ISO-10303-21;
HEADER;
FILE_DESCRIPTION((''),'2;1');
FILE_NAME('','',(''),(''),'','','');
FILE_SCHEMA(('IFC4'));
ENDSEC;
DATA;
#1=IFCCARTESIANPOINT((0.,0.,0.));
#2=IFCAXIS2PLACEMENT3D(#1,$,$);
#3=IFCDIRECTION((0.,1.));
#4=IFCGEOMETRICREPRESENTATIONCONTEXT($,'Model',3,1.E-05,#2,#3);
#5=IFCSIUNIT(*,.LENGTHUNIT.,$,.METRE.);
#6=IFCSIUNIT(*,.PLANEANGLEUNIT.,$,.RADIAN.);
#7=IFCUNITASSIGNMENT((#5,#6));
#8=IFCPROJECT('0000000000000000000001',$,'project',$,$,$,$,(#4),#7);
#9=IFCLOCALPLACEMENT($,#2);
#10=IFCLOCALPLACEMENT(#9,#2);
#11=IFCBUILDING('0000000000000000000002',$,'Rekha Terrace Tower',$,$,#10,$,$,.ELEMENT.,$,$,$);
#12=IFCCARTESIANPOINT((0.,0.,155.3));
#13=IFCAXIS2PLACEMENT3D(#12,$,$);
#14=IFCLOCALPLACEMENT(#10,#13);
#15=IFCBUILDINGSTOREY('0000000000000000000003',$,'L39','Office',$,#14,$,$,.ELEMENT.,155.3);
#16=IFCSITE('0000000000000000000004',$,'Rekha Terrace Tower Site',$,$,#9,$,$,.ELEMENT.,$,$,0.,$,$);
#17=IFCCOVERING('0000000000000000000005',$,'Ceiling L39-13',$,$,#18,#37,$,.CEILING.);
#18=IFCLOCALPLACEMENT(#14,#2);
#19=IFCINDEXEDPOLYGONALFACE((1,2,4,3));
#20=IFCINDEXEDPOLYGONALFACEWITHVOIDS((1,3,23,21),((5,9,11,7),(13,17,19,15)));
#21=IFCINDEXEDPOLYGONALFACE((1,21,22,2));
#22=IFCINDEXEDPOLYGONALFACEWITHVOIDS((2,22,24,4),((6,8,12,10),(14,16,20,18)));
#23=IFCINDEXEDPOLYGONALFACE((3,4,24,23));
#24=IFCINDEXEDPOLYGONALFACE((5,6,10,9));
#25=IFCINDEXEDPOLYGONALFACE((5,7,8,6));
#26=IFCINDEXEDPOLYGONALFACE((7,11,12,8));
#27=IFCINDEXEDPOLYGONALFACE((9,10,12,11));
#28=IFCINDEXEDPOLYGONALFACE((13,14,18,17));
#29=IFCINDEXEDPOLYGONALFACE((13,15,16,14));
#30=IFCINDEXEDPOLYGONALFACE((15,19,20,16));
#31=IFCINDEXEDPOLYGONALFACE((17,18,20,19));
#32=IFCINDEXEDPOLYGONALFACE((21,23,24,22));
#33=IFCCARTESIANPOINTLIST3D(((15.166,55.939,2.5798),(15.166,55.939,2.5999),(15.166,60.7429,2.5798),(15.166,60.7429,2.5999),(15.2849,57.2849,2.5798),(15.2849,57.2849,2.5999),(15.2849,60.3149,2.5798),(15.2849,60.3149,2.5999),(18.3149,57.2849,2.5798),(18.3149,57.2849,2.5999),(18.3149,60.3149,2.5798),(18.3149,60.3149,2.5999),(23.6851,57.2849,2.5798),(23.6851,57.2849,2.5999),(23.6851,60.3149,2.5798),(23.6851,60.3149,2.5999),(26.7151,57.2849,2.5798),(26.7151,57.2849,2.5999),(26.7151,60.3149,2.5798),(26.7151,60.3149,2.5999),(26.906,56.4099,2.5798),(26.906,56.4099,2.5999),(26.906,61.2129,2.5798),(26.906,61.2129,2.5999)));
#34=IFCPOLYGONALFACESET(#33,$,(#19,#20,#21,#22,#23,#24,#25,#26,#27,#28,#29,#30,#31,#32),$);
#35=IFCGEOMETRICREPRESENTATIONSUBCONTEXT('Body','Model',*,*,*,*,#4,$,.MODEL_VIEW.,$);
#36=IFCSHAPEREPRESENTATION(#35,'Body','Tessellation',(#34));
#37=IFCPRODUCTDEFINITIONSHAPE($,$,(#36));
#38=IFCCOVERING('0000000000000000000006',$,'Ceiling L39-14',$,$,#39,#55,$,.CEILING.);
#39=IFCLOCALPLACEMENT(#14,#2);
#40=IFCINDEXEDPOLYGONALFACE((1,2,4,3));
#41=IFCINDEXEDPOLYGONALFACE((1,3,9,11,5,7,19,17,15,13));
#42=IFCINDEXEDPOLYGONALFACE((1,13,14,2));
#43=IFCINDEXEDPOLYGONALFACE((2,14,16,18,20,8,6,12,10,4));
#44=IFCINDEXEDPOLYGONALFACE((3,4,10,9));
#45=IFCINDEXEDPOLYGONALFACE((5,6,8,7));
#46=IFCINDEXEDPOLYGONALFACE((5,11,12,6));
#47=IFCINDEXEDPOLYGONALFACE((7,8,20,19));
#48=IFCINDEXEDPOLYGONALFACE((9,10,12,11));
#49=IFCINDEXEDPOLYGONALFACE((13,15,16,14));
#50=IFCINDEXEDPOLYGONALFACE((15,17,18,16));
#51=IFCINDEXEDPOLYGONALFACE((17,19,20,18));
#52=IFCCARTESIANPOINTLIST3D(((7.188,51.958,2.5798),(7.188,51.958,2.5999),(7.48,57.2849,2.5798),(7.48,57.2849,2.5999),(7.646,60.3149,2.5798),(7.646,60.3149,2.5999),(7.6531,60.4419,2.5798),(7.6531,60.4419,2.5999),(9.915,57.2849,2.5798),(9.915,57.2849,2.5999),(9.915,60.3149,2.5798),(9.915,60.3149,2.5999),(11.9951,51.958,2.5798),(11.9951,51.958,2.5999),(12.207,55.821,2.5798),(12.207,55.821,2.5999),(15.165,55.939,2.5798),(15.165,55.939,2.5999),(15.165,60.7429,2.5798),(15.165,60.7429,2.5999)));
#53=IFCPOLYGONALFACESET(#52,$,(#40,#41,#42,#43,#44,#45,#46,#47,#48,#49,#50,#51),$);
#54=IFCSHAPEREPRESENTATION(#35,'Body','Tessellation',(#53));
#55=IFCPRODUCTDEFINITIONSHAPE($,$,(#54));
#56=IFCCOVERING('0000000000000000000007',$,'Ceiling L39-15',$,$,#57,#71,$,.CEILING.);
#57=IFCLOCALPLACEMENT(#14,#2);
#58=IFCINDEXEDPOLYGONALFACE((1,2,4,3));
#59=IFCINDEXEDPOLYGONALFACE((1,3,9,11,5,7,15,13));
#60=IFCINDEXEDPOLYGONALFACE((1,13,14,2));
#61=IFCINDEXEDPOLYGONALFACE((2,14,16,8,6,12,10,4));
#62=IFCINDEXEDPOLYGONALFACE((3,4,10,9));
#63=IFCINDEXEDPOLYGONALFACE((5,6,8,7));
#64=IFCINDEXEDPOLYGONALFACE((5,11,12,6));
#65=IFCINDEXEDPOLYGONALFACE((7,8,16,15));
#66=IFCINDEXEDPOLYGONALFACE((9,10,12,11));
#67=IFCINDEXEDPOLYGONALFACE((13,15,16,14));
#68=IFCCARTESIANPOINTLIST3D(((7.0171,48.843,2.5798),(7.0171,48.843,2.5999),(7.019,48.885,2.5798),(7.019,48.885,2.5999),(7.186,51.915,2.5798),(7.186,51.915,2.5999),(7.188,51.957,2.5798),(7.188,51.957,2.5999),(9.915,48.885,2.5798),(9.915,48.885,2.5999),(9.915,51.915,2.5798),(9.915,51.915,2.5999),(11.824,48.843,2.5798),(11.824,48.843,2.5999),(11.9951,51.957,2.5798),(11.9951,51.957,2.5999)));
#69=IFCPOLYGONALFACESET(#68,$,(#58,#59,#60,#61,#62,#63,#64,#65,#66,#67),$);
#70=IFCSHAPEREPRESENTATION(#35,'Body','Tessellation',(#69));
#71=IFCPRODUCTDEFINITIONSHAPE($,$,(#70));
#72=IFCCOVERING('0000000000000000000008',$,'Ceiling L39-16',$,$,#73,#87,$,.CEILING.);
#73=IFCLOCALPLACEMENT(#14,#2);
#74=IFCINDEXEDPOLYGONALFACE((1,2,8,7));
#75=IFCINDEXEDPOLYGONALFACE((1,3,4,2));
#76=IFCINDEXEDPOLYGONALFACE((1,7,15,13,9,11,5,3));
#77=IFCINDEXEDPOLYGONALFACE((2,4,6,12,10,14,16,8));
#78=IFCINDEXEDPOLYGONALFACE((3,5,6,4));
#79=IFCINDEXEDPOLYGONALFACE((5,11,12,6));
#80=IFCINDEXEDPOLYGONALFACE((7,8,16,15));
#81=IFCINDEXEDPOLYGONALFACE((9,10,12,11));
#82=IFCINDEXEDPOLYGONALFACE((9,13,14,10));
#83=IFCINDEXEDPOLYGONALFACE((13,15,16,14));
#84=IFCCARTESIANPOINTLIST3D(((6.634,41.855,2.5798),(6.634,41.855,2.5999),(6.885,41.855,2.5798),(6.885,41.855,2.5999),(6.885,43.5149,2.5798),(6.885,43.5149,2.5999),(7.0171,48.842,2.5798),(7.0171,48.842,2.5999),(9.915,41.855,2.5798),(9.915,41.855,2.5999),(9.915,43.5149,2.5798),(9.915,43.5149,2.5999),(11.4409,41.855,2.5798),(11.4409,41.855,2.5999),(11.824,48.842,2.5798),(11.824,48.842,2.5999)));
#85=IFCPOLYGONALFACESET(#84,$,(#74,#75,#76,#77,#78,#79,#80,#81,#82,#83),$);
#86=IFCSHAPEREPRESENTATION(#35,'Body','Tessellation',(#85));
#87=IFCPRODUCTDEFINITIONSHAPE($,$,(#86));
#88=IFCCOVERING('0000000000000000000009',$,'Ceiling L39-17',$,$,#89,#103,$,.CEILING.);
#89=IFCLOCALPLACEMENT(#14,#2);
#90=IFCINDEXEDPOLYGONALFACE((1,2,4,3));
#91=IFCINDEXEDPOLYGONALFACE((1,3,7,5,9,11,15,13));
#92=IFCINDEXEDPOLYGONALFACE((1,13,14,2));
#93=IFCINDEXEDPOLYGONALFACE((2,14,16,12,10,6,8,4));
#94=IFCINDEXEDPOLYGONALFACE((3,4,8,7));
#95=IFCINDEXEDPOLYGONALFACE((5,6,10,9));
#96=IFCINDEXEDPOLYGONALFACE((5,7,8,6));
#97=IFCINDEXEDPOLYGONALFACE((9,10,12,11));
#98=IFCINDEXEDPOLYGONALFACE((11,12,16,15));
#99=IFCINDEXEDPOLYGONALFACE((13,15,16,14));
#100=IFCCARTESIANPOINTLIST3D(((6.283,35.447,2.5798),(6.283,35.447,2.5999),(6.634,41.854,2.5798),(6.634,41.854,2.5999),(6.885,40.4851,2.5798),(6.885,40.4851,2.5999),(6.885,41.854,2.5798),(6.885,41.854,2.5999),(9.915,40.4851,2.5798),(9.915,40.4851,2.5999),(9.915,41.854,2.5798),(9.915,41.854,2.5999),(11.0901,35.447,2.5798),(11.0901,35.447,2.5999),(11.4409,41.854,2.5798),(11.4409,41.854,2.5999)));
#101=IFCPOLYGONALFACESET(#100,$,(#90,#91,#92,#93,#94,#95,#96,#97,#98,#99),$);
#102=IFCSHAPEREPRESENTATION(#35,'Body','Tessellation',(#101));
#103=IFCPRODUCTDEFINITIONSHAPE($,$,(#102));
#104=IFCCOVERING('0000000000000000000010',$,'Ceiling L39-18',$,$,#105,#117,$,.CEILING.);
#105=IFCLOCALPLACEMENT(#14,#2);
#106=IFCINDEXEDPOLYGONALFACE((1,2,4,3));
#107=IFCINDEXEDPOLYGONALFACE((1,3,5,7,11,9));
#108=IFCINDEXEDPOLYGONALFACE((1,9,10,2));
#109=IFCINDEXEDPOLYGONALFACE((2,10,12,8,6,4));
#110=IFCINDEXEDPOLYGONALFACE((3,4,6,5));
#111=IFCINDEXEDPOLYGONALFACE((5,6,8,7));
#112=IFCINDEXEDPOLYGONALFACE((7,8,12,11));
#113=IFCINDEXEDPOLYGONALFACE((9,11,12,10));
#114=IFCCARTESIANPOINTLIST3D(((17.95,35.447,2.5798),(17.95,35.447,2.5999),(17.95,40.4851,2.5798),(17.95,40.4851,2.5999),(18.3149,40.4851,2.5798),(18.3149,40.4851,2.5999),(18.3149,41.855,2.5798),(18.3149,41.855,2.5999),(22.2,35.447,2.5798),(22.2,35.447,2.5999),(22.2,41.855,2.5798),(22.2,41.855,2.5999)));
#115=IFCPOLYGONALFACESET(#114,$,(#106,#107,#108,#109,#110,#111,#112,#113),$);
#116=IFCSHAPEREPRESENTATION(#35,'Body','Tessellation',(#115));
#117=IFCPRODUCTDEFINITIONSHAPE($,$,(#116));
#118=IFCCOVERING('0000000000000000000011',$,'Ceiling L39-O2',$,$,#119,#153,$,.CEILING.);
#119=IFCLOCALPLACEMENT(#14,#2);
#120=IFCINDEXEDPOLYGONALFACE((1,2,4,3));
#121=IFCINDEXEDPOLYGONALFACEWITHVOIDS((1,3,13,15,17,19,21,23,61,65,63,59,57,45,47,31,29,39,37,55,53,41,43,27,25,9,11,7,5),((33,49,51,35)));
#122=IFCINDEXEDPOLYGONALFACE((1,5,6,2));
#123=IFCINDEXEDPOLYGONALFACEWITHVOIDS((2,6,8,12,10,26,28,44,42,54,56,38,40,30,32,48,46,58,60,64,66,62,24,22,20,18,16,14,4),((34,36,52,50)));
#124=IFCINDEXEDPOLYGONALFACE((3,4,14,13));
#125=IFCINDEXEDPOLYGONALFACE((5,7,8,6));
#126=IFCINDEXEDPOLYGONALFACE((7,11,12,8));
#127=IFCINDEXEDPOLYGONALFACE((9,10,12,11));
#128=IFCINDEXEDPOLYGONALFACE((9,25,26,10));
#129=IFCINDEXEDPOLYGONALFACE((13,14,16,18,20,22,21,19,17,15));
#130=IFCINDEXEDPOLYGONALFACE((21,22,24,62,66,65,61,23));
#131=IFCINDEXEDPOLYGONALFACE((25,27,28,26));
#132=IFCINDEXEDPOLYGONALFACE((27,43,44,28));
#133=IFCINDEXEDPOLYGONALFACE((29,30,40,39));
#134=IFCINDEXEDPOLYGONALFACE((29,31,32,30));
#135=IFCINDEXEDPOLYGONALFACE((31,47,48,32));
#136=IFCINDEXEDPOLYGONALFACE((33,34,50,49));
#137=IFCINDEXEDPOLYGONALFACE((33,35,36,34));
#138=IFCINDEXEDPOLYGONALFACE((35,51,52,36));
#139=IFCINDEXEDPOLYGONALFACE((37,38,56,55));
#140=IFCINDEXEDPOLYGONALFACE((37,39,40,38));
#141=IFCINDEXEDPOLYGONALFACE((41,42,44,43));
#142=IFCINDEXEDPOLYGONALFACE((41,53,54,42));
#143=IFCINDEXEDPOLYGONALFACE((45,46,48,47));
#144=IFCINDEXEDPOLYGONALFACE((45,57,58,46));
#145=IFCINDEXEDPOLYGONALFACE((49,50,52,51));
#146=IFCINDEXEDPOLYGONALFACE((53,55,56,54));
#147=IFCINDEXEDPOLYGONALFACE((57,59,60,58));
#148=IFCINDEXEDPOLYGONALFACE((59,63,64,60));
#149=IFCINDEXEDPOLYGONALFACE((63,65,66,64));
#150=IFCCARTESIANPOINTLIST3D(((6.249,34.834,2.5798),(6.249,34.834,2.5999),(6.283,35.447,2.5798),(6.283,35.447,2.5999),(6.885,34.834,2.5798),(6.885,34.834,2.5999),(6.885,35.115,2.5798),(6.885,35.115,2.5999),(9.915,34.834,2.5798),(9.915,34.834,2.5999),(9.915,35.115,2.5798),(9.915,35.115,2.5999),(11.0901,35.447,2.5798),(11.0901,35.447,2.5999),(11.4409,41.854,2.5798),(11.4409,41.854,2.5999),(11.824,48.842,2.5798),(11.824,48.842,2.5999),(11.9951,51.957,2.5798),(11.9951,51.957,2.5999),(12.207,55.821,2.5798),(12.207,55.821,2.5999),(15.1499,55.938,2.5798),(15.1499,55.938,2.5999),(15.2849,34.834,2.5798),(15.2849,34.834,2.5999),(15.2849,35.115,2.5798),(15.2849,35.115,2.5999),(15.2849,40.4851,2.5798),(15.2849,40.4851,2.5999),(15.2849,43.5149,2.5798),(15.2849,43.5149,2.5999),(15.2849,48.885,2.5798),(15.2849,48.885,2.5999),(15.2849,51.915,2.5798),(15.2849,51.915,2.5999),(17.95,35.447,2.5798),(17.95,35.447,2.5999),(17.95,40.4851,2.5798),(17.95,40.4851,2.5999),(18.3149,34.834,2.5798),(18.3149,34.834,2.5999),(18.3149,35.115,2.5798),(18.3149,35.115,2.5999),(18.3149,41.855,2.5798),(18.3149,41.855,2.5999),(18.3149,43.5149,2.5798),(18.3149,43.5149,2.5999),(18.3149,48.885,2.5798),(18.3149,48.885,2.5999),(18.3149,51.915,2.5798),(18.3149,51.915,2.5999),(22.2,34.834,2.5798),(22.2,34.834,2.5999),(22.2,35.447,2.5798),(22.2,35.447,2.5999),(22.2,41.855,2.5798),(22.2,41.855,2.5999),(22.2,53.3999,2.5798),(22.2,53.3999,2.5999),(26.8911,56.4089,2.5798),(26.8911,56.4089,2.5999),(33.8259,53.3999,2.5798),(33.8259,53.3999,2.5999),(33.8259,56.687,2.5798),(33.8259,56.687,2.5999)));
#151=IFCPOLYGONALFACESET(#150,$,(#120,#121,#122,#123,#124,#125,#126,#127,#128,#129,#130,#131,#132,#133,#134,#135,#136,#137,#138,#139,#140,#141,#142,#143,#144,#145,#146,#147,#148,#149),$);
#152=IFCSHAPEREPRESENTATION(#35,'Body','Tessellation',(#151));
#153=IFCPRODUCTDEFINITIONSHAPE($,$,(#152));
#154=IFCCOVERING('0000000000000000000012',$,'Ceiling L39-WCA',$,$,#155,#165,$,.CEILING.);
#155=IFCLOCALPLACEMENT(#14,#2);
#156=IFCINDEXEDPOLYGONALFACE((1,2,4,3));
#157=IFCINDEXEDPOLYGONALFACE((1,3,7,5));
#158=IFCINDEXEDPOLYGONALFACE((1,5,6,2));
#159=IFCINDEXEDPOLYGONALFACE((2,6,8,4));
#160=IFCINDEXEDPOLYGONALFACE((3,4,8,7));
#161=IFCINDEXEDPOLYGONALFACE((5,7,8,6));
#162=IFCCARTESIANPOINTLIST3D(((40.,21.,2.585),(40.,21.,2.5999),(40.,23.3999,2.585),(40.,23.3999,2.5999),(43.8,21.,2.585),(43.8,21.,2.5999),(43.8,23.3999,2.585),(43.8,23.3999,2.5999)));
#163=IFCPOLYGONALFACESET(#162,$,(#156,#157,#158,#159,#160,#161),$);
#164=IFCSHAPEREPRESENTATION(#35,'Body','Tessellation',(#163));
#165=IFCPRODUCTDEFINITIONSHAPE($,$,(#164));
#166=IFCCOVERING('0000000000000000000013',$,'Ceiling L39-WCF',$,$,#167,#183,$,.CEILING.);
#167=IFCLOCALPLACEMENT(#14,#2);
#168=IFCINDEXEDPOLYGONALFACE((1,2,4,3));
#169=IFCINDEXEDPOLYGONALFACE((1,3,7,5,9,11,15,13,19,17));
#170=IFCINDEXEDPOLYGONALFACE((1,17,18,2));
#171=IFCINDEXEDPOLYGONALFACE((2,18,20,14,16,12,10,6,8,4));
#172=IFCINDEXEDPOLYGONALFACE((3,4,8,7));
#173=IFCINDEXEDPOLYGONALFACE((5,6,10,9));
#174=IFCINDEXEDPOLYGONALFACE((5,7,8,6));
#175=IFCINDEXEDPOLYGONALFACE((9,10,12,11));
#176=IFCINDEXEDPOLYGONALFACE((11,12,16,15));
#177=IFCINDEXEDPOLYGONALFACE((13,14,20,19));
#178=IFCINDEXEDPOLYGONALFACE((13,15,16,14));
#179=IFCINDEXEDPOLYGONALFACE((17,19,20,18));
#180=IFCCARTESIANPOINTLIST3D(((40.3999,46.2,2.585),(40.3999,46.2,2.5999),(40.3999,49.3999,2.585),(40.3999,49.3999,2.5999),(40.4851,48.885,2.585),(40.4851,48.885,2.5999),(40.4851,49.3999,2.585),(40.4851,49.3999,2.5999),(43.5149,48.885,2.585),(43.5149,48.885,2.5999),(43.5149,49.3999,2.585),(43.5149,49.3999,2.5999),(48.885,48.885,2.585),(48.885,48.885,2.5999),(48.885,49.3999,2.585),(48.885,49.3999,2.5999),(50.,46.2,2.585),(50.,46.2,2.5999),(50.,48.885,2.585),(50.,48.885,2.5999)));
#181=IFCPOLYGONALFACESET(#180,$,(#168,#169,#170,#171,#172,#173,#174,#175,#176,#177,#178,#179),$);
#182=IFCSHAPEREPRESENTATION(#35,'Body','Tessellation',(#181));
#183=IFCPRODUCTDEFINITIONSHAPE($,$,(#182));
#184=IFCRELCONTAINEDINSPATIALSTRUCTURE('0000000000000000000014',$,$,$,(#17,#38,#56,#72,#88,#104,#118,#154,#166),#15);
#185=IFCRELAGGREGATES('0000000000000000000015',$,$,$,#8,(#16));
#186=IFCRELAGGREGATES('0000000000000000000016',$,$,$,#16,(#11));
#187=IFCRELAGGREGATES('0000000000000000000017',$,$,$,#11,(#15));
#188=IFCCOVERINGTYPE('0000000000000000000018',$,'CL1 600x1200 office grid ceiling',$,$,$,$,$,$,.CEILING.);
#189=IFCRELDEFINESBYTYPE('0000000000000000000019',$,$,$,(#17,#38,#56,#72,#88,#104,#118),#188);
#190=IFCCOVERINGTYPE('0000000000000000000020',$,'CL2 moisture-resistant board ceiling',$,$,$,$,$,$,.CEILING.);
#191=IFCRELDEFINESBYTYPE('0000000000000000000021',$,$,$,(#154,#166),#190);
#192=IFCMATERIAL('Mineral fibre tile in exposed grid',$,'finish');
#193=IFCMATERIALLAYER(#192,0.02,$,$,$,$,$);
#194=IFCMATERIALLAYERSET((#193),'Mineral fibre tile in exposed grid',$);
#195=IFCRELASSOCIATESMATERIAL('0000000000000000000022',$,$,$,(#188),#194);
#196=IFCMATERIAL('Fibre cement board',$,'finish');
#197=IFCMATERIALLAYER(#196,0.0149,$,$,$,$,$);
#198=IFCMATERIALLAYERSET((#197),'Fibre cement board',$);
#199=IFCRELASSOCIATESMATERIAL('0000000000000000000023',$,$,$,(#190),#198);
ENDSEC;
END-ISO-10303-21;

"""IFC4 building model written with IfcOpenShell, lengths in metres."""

from ifc_helpers import new_model, si_unit, direction, frame, origin, place, context, subcontext, project, spatial, polyline, outline, extrude, material, layer, layer_set, type_object, element, save


model = new_model("IFC4")

# Units and contexts
model_context = context("Model", 3, precision=1e-05, world=origin(), true_north=direction((0.0, 1.0)))
body_context = subcontext(model_context, "Body", "Model", "MODEL_VIEW")
ifc_project = project(units=[si_unit("LENGTHUNIT", "METRE"), si_unit("PLANEANGLEUNIT", "RADIAN")], contexts=[model_context])

# Site, building, storey
site_placement = place(None, origin())
site = spatial("IfcSite", under=ifc_project, at=site_placement, Name="Rekha Terrace Tower Site", CompositionType="ELEMENT", RefElevation=0.0)
building_placement = place(site_placement, origin())
building = spatial("IfcBuilding", under=site, at=building_placement, Name="Rekha Terrace Tower", CompositionType="ELEMENT")
storey_placement = place(building_placement, frame((0.0, 0.0, 155.3)))
storey = spatial("IfcBuildingStorey", under=building, at=storey_placement, Name="L39", Description="Office", CompositionType="ELEMENT", Elevation=155.3)

# Coverings
ifc_material_1 = material(Name="Mineral fibre tile in exposed grid", Category="finish")
ifc_layer_1 = layer(ifc_material_1, 0.02)
ifc_layer_set_1 = layer_set([ifc_layer_1], Name="Mineral fibre tile in exposed grid")
covering_type_1 = type_object("IfcCoveringType", Name="CL1 600x1200 office grid ceiling", PredefinedType="CEILING", material=ifc_layer_set_1)
covering_1_placement = place(storey_placement, frame((0.0, 0.0, 2.5798)))
element("IfcCovering", 1, at=covering_1_placement, inside=storey, type_object=covering_type_1, Name="Ceiling L39-13", PredefinedType="CEILING", context=body_context, shape_type="SweptSolid", body=[
    extrude(outline(polyline([(26.906, 56.4099), (26.906, 61.2129), (15.166, 60.7429), (15.166, 55.939), (26.906, 56.4099)]), holes=[polyline([(26.7151, 57.2849), (23.6851, 57.2849), (23.6851, 60.3149), (26.7151, 60.3149), (26.7151, 57.2849)]), polyline([(18.3149, 57.2849), (15.2849, 57.2849), (15.2849, 60.3149), (18.3149, 60.3149), (18.3149, 57.2849)])]), origin(), (0.0, 0.0, 1.0), 0.02),
])
covering_2_placement = place(storey_placement, frame((0.0, 0.0, 2.5798)))
element("IfcCovering", 2, at=covering_2_placement, inside=storey, type_object=covering_type_1, Name="Ceiling L39-14", PredefinedType="CEILING", context=body_context, shape_type="SweptSolid", body=[
    extrude(outline(polyline([(7.48, 57.2849), (7.188, 51.958), (11.9951, 51.958), (12.207, 55.821), (15.165, 55.939), (15.165, 60.7429), (7.6531, 60.4419), (7.646, 60.3149), (9.915, 60.3149), (9.915, 57.2849), (7.48, 57.2849)])), origin(), (0.0, 0.0, 1.0), 0.02),
])
covering_3_placement = place(storey_placement, frame((0.0, 0.0, 2.5798)))
element("IfcCovering", 3, at=covering_3_placement, inside=storey, type_object=covering_type_1, Name="Ceiling L39-15", PredefinedType="CEILING", context=body_context, shape_type="SweptSolid", body=[
    extrude(outline(polyline([(9.915, 48.885), (7.019, 48.885), (7.0171, 48.843), (11.824, 48.843), (11.9951, 51.957), (7.188, 51.957), (7.186, 51.915), (9.915, 51.915), (9.915, 48.885)])), origin(), (0.0, 0.0, 1.0), 0.02),
])
covering_4_placement = place(storey_placement, frame((0.0, 0.0, 2.5798)))
element("IfcCovering", 4, at=covering_4_placement, inside=storey, type_object=covering_type_1, Name="Ceiling L39-16", PredefinedType="CEILING", context=body_context, shape_type="SweptSolid", body=[
    extrude(outline(polyline([(11.824, 48.842), (7.0171, 48.842), (6.634, 41.855), (6.885, 41.855), (6.885, 43.5149), (9.915, 43.5149), (9.915, 41.855), (11.4409, 41.855), (11.824, 48.842)])), origin(), (0.0, 0.0, 1.0), 0.02),
])
covering_5_placement = place(storey_placement, frame((0.0, 0.0, 2.5798)))
element("IfcCovering", 5, at=covering_5_placement, inside=storey, type_object=covering_type_1, Name="Ceiling L39-17", PredefinedType="CEILING", context=body_context, shape_type="SweptSolid", body=[
    extrude(outline(polyline([(6.885, 41.854), (6.634, 41.854), (6.283, 35.447), (11.0901, 35.447), (11.4409, 41.854), (9.915, 41.854), (9.915, 40.4851), (6.885, 40.4851), (6.885, 41.854)])), origin(), (0.0, 0.0, 1.0), 0.02),
])
covering_6_placement = place(storey_placement, frame((0.0, 0.0, 2.5798)))
element("IfcCovering", 6, at=covering_6_placement, inside=storey, type_object=covering_type_1, Name="Ceiling L39-18", PredefinedType="CEILING", context=body_context, shape_type="SweptSolid", body=[
    extrude(outline(polyline([(18.3149, 40.4851), (17.95, 40.4851), (17.95, 35.447), (22.2, 35.447), (22.2, 41.855), (18.3149, 41.855), (18.3149, 40.4851)])), origin(), (0.0, 0.0, 1.0), 0.02),
])
covering_7_placement = place(storey_placement, frame((0.0, 0.0, 2.5798)))
element("IfcCovering", 7, at=covering_7_placement, inside=storey, type_object=covering_type_1, Name="Ceiling L39-O2", PredefinedType="CEILING", context=body_context, shape_type="SweptSolid", body=[
    extrude(outline(polyline([(11.824, 48.842), (11.4409, 41.854), (11.0901, 35.447), (6.283, 35.447), (6.249, 34.834), (6.885, 34.834), (6.885, 35.115), (9.915, 35.115), (9.915, 34.834), (15.2849, 34.834), (15.2849, 35.115), (18.3149, 35.115), (18.3149, 34.834), (22.2, 34.834), (22.2, 35.447), (17.95, 35.447), (17.95, 40.4851), (15.2849, 40.4851), (15.2849, 43.5149), (18.3149, 43.5149), (18.3149, 41.855), (22.2, 41.855), (22.2, 53.3999), (33.8259, 53.3999), (33.8259, 56.687), (26.8911, 56.4089), (15.1499, 55.938), (12.207, 55.821), (11.9951, 51.957), (11.824, 48.842)]), holes=[polyline([(18.3149, 48.885), (15.2849, 48.885), (15.2849, 51.915), (18.3149, 51.915), (18.3149, 48.885)])]), origin(), (0.0, 0.0, 1.0), 0.02),
])
ifc_material_2 = material(Name="Fibre cement board", Category="finish")
ifc_layer_2 = layer(ifc_material_2, 0.0149)
ifc_layer_set_2 = layer_set([ifc_layer_2], Name="Fibre cement board")
covering_type_2 = type_object("IfcCoveringType", Name="CL2 moisture-resistant board ceiling", PredefinedType="CEILING", material=ifc_layer_set_2)
covering_8_placement = place(storey_placement, frame((0.0, 0.0, 2.585)))
element("IfcCovering", 8, at=covering_8_placement, inside=storey, type_object=covering_type_2, Name="Ceiling L39-WCA", PredefinedType="CEILING", context=body_context, shape_type="SweptSolid", body=[
    extrude(outline(polyline([(43.8, 23.3999), (40.0, 23.3999), (40.0, 21.0), (43.8, 21.0), (43.8, 23.3999)])), origin(), (0.0, 0.0, 1.0), 0.0149),
])
covering_9_placement = place(storey_placement, frame((0.0, 0.0, 2.585)))
element("IfcCovering", 9, at=covering_9_placement, inside=storey, type_object=covering_type_2, Name="Ceiling L39-WCF", PredefinedType="CEILING", context=body_context, shape_type="SweptSolid", body=[
    extrude(outline(polyline([(40.4851, 49.3999), (40.3999, 49.3999), (40.3999, 46.2), (50.0, 46.2), (50.0, 48.885), (48.885, 48.885), (48.885, 49.3999), (43.5149, 49.3999), (43.5149, 48.885), (40.4851, 48.885), (40.4851, 49.3999)])), origin(), (0.0, 0.0, 1.0), 0.0149),
])

save(model, "model.ifc")
